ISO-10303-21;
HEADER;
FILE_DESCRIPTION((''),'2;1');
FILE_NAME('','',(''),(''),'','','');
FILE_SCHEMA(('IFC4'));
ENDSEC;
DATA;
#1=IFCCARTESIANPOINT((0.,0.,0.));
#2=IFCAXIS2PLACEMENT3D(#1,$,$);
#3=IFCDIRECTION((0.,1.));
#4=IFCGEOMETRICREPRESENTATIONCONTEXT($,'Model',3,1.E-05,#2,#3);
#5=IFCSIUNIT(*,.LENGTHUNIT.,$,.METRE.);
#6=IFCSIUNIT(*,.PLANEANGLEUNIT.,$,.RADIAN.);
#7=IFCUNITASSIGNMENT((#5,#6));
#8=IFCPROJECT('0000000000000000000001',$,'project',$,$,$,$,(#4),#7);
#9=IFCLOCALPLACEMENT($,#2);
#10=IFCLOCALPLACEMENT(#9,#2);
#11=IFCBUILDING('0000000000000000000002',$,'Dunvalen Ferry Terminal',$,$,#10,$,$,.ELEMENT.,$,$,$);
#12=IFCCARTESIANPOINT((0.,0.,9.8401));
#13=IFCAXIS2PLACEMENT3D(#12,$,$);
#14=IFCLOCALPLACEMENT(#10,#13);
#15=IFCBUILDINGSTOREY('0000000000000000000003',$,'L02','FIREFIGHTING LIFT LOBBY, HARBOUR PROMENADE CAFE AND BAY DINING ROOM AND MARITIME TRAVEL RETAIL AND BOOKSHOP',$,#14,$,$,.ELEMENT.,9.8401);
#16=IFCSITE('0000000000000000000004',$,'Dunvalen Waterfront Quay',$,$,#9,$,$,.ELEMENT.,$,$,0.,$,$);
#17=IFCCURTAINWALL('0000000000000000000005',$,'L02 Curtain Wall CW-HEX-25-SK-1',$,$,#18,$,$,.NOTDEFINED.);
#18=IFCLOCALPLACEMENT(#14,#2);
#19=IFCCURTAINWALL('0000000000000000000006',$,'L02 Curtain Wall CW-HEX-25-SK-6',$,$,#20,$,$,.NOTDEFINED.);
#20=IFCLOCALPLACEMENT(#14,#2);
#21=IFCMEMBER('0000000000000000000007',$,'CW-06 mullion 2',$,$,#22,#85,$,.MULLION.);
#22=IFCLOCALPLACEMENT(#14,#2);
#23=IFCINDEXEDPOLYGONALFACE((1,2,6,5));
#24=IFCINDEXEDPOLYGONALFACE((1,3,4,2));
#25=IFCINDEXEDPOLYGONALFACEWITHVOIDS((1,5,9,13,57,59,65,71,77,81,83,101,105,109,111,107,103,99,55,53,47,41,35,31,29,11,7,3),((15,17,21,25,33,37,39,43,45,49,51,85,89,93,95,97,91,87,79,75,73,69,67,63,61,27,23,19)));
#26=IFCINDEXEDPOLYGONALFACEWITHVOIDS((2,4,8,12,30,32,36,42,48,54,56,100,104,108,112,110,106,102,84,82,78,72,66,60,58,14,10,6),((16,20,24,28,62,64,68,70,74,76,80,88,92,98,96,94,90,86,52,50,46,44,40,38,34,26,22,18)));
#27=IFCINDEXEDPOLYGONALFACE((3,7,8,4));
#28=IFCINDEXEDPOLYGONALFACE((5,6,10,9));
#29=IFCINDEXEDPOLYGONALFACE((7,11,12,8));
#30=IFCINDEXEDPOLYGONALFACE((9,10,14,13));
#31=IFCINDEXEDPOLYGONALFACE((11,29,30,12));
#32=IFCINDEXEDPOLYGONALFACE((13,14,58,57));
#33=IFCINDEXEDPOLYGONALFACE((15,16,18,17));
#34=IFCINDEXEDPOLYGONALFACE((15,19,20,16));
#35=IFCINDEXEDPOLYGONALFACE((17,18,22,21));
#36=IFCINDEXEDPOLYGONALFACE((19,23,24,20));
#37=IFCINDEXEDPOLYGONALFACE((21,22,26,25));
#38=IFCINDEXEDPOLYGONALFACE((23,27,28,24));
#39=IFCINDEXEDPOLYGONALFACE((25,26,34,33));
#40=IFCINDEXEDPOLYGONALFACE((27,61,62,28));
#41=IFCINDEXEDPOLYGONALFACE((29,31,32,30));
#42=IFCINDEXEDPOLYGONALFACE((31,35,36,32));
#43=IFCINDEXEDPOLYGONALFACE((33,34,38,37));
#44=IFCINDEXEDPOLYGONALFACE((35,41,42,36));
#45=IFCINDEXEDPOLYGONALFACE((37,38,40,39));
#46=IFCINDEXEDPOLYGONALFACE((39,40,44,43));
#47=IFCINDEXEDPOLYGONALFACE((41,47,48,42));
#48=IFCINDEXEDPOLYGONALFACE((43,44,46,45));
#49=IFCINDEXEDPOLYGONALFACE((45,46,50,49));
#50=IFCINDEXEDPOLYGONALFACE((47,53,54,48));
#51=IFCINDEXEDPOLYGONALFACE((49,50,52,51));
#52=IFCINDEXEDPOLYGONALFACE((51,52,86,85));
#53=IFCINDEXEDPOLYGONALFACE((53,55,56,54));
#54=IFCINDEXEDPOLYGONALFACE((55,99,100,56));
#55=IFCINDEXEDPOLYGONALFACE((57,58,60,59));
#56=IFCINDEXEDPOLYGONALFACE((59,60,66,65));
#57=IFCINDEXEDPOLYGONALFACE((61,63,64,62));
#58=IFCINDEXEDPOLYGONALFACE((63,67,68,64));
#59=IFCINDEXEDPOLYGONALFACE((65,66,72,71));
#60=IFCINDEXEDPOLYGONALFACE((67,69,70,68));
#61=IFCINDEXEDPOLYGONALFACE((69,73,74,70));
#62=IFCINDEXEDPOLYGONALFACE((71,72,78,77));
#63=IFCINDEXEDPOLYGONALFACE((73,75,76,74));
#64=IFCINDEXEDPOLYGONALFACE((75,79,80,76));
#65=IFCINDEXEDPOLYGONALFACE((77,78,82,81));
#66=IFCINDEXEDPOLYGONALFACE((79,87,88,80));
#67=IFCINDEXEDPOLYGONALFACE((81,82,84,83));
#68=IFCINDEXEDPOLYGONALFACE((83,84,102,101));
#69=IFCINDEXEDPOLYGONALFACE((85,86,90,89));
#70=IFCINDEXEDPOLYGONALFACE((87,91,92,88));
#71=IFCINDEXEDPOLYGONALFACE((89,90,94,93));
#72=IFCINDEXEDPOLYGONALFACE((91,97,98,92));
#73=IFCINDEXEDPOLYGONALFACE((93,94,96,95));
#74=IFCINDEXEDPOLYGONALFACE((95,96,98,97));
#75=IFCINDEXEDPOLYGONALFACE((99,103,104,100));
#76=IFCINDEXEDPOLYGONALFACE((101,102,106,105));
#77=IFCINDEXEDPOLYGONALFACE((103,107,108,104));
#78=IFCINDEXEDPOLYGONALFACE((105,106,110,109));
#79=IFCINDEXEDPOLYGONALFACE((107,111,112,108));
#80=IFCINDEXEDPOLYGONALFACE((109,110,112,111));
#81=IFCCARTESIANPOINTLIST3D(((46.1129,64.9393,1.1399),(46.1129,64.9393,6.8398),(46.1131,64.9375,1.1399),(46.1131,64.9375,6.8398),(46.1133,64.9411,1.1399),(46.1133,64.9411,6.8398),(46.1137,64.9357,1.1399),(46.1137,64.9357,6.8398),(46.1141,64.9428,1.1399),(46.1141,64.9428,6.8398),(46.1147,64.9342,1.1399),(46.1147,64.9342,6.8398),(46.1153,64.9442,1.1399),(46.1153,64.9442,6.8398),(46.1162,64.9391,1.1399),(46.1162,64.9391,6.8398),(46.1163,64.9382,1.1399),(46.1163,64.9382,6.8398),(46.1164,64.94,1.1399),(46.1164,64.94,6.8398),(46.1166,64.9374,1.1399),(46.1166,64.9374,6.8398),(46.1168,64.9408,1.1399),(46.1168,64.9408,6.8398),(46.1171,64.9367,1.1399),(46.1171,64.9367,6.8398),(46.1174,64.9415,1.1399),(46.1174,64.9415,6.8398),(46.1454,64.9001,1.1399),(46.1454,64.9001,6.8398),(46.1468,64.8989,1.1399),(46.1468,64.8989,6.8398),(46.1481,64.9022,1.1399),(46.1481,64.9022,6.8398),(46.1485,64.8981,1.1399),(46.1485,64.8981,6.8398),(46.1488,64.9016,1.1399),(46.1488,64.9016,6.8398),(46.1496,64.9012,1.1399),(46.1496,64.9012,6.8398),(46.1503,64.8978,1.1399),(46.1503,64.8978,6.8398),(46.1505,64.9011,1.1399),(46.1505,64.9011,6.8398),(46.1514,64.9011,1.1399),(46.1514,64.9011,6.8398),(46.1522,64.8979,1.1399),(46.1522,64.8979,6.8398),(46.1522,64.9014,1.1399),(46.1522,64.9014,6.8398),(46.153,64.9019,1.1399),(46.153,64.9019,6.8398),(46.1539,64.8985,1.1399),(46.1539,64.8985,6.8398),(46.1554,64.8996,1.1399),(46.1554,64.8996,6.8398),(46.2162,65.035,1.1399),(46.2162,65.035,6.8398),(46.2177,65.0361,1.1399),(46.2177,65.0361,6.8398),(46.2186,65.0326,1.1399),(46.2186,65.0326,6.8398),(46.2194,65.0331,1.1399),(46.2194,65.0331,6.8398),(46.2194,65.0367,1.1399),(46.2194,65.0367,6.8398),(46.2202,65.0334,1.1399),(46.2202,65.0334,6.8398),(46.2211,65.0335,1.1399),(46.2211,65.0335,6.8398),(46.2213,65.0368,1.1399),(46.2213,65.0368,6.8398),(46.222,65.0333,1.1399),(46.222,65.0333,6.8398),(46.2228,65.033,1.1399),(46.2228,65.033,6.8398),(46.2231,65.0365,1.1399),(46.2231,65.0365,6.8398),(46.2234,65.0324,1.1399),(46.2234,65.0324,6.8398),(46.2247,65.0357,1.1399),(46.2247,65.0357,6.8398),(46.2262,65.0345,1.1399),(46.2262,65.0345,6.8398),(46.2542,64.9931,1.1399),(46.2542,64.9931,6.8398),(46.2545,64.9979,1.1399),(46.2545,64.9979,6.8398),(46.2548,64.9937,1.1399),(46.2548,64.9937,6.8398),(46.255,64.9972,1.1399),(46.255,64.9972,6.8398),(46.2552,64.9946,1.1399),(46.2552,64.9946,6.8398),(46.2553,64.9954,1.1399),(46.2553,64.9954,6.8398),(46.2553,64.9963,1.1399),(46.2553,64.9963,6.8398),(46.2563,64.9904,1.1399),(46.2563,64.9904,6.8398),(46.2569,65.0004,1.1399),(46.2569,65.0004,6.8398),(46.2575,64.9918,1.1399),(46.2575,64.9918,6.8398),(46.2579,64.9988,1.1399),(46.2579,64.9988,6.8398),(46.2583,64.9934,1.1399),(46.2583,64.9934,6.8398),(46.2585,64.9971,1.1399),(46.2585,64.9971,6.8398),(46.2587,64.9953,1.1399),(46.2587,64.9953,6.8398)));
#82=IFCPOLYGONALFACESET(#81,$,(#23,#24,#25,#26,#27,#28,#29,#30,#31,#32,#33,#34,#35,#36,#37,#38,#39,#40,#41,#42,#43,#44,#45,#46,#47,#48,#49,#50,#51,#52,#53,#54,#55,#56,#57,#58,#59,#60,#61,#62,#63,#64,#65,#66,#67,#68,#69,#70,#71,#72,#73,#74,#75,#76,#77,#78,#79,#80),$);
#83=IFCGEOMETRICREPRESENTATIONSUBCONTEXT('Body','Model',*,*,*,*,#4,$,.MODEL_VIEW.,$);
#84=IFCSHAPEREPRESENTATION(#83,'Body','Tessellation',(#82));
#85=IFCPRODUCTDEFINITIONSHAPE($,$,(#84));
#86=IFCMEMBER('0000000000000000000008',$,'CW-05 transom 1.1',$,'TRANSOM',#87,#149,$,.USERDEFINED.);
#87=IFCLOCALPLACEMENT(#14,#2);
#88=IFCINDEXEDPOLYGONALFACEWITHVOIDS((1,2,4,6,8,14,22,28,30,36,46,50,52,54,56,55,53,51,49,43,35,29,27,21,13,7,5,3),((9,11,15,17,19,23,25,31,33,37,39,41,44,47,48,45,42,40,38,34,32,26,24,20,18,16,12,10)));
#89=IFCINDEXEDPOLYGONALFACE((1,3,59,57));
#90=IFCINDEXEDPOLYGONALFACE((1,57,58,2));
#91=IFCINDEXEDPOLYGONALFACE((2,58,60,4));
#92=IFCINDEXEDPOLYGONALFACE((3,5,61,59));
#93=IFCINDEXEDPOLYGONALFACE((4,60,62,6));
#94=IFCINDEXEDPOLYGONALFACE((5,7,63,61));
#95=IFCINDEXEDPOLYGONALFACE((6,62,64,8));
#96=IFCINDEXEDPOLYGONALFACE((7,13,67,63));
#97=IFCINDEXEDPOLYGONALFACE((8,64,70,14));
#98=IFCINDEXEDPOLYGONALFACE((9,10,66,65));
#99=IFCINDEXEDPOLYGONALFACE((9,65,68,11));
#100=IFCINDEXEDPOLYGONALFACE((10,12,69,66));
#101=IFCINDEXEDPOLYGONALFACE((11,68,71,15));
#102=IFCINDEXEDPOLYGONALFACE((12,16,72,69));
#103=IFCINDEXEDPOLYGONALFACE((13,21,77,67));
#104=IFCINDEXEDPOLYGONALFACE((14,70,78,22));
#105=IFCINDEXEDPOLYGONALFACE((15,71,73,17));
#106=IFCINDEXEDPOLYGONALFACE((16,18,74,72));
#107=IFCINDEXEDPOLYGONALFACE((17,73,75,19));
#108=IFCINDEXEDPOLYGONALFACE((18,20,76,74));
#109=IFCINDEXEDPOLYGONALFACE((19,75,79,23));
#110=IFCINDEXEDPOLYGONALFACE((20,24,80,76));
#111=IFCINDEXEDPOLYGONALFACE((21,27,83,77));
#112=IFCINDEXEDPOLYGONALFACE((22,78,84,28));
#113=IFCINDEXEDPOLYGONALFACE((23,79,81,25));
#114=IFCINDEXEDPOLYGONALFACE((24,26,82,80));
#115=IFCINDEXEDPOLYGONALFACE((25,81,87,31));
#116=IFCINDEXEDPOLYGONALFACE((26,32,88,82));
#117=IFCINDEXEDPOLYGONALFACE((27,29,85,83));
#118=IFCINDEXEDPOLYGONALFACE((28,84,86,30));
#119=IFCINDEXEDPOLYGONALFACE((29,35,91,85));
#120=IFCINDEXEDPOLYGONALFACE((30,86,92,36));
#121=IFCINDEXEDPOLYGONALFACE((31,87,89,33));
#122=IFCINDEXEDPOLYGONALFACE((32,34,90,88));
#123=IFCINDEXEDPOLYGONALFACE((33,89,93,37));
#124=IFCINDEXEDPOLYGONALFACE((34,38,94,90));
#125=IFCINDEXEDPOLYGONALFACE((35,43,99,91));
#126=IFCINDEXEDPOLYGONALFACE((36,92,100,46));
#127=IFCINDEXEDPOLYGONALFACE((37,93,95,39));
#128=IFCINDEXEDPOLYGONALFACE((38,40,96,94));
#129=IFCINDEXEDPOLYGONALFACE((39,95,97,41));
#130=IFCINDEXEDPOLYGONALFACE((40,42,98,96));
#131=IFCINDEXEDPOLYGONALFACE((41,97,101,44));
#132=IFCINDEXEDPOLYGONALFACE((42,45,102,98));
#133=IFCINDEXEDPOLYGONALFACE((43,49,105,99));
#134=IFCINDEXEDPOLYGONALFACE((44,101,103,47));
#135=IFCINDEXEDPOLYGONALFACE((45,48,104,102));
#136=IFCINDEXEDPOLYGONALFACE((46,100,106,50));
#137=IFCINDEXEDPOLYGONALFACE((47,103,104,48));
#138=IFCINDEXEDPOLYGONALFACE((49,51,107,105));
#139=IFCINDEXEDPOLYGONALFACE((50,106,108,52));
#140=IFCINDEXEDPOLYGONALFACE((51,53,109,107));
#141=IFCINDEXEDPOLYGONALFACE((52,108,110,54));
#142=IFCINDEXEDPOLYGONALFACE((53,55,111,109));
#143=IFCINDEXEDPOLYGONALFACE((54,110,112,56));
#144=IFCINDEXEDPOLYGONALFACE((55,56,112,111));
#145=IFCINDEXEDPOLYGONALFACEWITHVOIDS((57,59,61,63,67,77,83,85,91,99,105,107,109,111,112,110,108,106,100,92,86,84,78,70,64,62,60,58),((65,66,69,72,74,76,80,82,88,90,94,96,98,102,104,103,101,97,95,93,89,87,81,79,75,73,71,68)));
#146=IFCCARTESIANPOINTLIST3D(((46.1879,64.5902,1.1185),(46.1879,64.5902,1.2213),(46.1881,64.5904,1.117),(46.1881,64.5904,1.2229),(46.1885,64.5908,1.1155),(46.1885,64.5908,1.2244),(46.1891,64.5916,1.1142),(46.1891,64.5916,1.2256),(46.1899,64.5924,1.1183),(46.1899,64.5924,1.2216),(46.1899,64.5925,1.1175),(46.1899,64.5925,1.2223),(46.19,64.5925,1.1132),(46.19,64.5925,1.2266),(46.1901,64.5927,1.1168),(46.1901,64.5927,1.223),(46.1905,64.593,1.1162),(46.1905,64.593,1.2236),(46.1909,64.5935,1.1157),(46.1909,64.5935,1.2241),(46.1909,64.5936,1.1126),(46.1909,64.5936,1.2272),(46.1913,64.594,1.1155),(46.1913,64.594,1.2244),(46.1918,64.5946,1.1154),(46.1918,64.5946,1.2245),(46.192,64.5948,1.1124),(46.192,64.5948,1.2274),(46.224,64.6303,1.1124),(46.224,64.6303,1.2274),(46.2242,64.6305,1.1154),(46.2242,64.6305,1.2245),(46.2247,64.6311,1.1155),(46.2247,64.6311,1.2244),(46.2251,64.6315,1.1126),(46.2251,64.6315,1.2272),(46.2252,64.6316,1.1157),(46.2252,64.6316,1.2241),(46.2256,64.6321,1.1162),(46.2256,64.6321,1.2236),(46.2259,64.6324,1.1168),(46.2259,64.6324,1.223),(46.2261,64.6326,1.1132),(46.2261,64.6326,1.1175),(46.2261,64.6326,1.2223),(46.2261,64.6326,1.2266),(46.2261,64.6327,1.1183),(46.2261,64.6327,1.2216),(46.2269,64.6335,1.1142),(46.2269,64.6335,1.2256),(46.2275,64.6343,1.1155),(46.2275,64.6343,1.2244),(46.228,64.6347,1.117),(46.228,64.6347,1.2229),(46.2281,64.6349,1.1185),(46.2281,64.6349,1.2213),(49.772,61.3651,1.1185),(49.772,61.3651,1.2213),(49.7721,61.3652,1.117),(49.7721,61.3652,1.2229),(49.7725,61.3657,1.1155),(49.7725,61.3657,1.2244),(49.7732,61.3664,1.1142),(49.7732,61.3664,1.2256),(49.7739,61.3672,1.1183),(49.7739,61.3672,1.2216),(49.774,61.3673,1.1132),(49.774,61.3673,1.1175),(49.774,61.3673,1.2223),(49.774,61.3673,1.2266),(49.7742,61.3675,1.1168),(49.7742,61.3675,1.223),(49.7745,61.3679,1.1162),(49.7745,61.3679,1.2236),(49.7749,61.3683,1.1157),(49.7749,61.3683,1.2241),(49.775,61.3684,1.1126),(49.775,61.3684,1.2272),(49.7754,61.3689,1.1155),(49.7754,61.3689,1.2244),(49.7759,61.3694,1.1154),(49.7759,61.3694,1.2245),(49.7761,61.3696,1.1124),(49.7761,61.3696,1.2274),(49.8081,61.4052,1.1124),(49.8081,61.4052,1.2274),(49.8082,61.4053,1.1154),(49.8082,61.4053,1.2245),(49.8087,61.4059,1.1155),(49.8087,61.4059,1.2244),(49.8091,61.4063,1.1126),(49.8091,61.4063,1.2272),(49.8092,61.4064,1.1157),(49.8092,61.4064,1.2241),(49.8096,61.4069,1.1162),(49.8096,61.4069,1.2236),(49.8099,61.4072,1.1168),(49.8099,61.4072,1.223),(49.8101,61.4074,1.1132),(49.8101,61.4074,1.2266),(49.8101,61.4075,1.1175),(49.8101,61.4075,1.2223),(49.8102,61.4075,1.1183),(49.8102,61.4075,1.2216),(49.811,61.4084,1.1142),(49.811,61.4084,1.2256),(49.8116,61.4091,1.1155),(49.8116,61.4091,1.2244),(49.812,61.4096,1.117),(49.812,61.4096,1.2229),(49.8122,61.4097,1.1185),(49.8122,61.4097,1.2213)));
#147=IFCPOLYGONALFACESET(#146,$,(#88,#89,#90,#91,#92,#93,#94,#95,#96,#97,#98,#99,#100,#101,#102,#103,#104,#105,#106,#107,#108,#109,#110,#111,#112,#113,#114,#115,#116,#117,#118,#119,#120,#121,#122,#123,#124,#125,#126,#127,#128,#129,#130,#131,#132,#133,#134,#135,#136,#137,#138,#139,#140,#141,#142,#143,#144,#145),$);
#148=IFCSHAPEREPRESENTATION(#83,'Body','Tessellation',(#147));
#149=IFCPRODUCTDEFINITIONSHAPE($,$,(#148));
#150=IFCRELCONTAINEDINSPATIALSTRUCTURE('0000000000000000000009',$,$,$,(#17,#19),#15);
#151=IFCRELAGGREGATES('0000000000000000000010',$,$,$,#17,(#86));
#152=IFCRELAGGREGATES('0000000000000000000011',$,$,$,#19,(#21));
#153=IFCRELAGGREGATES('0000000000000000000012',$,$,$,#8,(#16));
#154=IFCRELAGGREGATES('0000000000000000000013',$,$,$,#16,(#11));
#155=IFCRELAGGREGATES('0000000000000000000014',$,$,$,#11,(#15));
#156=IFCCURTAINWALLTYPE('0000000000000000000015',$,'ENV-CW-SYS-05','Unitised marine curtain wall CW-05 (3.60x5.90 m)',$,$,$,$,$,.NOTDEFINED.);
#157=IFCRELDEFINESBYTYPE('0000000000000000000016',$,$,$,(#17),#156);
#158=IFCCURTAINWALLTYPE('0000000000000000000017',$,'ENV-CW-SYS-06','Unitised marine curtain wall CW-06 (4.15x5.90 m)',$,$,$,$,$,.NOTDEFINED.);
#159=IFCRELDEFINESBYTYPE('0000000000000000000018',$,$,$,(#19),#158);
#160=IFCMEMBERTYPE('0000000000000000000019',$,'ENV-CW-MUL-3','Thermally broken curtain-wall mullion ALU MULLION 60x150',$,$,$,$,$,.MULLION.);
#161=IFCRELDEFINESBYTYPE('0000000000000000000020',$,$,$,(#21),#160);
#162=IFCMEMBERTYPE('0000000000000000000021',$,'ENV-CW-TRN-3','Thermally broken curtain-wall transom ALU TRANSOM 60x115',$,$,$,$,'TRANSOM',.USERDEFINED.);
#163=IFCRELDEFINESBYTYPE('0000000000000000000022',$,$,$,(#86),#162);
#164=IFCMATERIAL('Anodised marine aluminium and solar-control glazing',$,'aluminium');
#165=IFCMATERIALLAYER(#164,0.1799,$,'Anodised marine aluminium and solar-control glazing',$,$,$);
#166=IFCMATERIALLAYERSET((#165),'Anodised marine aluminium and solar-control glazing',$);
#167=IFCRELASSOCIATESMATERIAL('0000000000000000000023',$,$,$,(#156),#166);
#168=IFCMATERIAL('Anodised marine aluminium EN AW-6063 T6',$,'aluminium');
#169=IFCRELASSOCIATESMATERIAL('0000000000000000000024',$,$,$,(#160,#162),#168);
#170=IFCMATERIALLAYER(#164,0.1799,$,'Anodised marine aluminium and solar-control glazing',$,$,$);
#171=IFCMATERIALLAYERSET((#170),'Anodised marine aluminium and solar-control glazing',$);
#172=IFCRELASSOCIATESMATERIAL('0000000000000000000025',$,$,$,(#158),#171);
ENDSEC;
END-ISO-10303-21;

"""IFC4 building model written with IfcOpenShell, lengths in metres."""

from ifc_helpers import new_model, si_unit, direction, frame, origin, origin_2d, place, context, subcontext, project, spatial, hollow_rectangle, extrude, material, layer, layer_set, material_profile, profile_set, type_object, element, aggregate, save


model = new_model("IFC4")

# Units and contexts
model_context = context("Model", 3, precision=1e-05, world=origin(), true_north=direction((0.0, 1.0)))
body_context = subcontext(model_context, "Body", "Model", "MODEL_VIEW")
ifc_project = project(units=[si_unit("LENGTHUNIT", "METRE"), si_unit("PLANEANGLEUNIT", "RADIAN")], contexts=[model_context])

# Site, building, storey
site_placement = place(None, origin())
site = spatial("IfcSite", under=ifc_project, at=site_placement, Name="Dunvalen Waterfront Quay", CompositionType="ELEMENT", RefElevation=0.0)
building_placement = place(site_placement, origin())
building = spatial("IfcBuilding", under=site, at=building_placement, Name="Dunvalen Ferry Terminal", CompositionType="ELEMENT")
storey_placement = place(building_placement, frame((0.0, 0.0, 9.8401)))
storey = spatial("IfcBuildingStorey", under=building, at=storey_placement, Name="L02", Description="FIREFIGHTING LIFT LOBBY, HARBOUR PROMENADE CAFE AND BAY DINING ROOM AND MARITIME TRAVEL RETAIL AND BOOKSHOP", CompositionType="ELEMENT", Elevation=9.8401)

# Curtain wall
ifc_material_1 = material(Name="Anodised marine aluminium and solar-control glazing", Category="aluminium")
ifc_layer_1 = layer(ifc_material_1, 0.1799, Name="Anodised marine aluminium and solar-control glazing")
ifc_layer_set_1 = layer_set([ifc_layer_1], Name="Anodised marine aluminium and solar-control glazing")
curtain_wall_type_1 = type_object("IfcCurtainWallType", Name="ENV-CW-SYS-05", Description="Unitised marine curtain wall CW-05 (3.60x5.90 m)", PredefinedType="NOTDEFINED", material=ifc_layer_set_1)
curtain_wall_1_placement = place(storey_placement, origin())
curtain_wall_1 = element("IfcCurtainWall", 1, at=curtain_wall_1_placement, inside=storey, type_object=curtain_wall_type_1, Name="L02 Curtain Wall CW-HEX-25-SK-1", PredefinedType="NOTDEFINED")
ifc_material_2 = material(Name="Anodised marine aluminium EN AW-6063 T6", Category="aluminium")
ifc_material_profile_1 = material_profile(ifc_material_2, hollow_rectangle(XDim=0.0601, YDim=0.1499, WallThickness=0.0034, InnerFilletRadius=0.0034, OuterFilletRadius=0.0071, at=origin_2d()), Name="Anodised marine aluminium EN AW-6063 T6")
ifc_profile_set_1 = profile_set([ifc_material_profile_1], Name="Anodised marine aluminium EN AW-6063 T6")
member_type_1 = type_object("IfcMemberType", Name="ENV-CW-MUL-3", Description="Thermally broken curtain-wall mullion ALU MULLION 60x150", PredefinedType="MULLION", material=ifc_profile_set_1)

# Curtain wall, member
ifc_layer_2 = layer(ifc_material_1, 0.1799, Name="Anodised marine aluminium and solar-control glazing")
ifc_layer_set_2 = layer_set([ifc_layer_2], Name="Anodised marine aluminium and solar-control glazing")
curtain_wall_type_2 = type_object("IfcCurtainWallType", Name="ENV-CW-SYS-06", Description="Unitised marine curtain wall CW-06 (4.15x5.90 m)", PredefinedType="NOTDEFINED", material=ifc_layer_set_2)
curtain_wall_2_placement = place(storey_placement, origin())
curtain_wall_2 = element("IfcCurtainWall", 2, at=curtain_wall_2_placement, inside=storey, type_object=curtain_wall_type_2, Name="L02 Curtain Wall CW-HEX-25-SK-6", PredefinedType="NOTDEFINED")
member_1_placement = place(storey_placement, frame((46.1858, 64.9673, 1.1399), z_axis=(0.0, 0.0, 1.0), x_axis=(0.668954, -0.743304, 0.0)))
member_1 = element("IfcMember", 3, at=member_1_placement, type_object=member_type_1, Name="CW-06 mullion 2", PredefinedType="MULLION", context=body_context, shape_type="SweptSolid", body=[
    extrude(hollow_rectangle(XDim=0.0601, YDim=0.1499, WallThickness=0.0034, InnerFilletRadius=0.0034, OuterFilletRadius=0.0071, at=origin_2d()), origin(), (0.0, 0.0, 1.0), 5.7),
])

# Member
ifc_material_profile_2 = material_profile(ifc_material_2, hollow_rectangle(XDim=0.0601, YDim=0.115, WallThickness=0.0029, InnerFilletRadius=0.0029, OuterFilletRadius=0.0061, at=origin_2d()), Name="Anodised marine aluminium EN AW-6063 T6")
ifc_profile_set_2 = profile_set([ifc_material_profile_2], Name="Anodised marine aluminium EN AW-6063 T6")
member_type_2 = type_object("IfcMemberType", Name="ENV-CW-TRN-3", Description="Thermally broken curtain-wall transom ALU TRANSOM 60x115", ElementType="TRANSOM", PredefinedType="USERDEFINED", material=ifc_profile_set_2)
member_2_placement = place(storey_placement, frame((46.208, 64.6125, 1.1699), z_axis=(0.743345, -0.668909, 0.0), x_axis=(0.668909, 0.743345, 0.0)))
member_2 = element("IfcMember", 4, at=member_2_placement, type_object=member_type_2, Name="CW-05 transom 1.1", ObjectType="TRANSOM", PredefinedType="USERDEFINED", context=body_context, shape_type="SweptSolid", body=[
    extrude(hollow_rectangle(XDim=0.0601, YDim=0.115, WallThickness=0.0029, InnerFilletRadius=0.0029, OuterFilletRadius=0.0061, at=origin_2d()), origin(), (0.0, 0.0, 1.0), 4.8215),
])
aggregate(curtain_wall_1, [member_2])

aggregate(curtain_wall_2, [member_1])

save(model, "model.ifc")
